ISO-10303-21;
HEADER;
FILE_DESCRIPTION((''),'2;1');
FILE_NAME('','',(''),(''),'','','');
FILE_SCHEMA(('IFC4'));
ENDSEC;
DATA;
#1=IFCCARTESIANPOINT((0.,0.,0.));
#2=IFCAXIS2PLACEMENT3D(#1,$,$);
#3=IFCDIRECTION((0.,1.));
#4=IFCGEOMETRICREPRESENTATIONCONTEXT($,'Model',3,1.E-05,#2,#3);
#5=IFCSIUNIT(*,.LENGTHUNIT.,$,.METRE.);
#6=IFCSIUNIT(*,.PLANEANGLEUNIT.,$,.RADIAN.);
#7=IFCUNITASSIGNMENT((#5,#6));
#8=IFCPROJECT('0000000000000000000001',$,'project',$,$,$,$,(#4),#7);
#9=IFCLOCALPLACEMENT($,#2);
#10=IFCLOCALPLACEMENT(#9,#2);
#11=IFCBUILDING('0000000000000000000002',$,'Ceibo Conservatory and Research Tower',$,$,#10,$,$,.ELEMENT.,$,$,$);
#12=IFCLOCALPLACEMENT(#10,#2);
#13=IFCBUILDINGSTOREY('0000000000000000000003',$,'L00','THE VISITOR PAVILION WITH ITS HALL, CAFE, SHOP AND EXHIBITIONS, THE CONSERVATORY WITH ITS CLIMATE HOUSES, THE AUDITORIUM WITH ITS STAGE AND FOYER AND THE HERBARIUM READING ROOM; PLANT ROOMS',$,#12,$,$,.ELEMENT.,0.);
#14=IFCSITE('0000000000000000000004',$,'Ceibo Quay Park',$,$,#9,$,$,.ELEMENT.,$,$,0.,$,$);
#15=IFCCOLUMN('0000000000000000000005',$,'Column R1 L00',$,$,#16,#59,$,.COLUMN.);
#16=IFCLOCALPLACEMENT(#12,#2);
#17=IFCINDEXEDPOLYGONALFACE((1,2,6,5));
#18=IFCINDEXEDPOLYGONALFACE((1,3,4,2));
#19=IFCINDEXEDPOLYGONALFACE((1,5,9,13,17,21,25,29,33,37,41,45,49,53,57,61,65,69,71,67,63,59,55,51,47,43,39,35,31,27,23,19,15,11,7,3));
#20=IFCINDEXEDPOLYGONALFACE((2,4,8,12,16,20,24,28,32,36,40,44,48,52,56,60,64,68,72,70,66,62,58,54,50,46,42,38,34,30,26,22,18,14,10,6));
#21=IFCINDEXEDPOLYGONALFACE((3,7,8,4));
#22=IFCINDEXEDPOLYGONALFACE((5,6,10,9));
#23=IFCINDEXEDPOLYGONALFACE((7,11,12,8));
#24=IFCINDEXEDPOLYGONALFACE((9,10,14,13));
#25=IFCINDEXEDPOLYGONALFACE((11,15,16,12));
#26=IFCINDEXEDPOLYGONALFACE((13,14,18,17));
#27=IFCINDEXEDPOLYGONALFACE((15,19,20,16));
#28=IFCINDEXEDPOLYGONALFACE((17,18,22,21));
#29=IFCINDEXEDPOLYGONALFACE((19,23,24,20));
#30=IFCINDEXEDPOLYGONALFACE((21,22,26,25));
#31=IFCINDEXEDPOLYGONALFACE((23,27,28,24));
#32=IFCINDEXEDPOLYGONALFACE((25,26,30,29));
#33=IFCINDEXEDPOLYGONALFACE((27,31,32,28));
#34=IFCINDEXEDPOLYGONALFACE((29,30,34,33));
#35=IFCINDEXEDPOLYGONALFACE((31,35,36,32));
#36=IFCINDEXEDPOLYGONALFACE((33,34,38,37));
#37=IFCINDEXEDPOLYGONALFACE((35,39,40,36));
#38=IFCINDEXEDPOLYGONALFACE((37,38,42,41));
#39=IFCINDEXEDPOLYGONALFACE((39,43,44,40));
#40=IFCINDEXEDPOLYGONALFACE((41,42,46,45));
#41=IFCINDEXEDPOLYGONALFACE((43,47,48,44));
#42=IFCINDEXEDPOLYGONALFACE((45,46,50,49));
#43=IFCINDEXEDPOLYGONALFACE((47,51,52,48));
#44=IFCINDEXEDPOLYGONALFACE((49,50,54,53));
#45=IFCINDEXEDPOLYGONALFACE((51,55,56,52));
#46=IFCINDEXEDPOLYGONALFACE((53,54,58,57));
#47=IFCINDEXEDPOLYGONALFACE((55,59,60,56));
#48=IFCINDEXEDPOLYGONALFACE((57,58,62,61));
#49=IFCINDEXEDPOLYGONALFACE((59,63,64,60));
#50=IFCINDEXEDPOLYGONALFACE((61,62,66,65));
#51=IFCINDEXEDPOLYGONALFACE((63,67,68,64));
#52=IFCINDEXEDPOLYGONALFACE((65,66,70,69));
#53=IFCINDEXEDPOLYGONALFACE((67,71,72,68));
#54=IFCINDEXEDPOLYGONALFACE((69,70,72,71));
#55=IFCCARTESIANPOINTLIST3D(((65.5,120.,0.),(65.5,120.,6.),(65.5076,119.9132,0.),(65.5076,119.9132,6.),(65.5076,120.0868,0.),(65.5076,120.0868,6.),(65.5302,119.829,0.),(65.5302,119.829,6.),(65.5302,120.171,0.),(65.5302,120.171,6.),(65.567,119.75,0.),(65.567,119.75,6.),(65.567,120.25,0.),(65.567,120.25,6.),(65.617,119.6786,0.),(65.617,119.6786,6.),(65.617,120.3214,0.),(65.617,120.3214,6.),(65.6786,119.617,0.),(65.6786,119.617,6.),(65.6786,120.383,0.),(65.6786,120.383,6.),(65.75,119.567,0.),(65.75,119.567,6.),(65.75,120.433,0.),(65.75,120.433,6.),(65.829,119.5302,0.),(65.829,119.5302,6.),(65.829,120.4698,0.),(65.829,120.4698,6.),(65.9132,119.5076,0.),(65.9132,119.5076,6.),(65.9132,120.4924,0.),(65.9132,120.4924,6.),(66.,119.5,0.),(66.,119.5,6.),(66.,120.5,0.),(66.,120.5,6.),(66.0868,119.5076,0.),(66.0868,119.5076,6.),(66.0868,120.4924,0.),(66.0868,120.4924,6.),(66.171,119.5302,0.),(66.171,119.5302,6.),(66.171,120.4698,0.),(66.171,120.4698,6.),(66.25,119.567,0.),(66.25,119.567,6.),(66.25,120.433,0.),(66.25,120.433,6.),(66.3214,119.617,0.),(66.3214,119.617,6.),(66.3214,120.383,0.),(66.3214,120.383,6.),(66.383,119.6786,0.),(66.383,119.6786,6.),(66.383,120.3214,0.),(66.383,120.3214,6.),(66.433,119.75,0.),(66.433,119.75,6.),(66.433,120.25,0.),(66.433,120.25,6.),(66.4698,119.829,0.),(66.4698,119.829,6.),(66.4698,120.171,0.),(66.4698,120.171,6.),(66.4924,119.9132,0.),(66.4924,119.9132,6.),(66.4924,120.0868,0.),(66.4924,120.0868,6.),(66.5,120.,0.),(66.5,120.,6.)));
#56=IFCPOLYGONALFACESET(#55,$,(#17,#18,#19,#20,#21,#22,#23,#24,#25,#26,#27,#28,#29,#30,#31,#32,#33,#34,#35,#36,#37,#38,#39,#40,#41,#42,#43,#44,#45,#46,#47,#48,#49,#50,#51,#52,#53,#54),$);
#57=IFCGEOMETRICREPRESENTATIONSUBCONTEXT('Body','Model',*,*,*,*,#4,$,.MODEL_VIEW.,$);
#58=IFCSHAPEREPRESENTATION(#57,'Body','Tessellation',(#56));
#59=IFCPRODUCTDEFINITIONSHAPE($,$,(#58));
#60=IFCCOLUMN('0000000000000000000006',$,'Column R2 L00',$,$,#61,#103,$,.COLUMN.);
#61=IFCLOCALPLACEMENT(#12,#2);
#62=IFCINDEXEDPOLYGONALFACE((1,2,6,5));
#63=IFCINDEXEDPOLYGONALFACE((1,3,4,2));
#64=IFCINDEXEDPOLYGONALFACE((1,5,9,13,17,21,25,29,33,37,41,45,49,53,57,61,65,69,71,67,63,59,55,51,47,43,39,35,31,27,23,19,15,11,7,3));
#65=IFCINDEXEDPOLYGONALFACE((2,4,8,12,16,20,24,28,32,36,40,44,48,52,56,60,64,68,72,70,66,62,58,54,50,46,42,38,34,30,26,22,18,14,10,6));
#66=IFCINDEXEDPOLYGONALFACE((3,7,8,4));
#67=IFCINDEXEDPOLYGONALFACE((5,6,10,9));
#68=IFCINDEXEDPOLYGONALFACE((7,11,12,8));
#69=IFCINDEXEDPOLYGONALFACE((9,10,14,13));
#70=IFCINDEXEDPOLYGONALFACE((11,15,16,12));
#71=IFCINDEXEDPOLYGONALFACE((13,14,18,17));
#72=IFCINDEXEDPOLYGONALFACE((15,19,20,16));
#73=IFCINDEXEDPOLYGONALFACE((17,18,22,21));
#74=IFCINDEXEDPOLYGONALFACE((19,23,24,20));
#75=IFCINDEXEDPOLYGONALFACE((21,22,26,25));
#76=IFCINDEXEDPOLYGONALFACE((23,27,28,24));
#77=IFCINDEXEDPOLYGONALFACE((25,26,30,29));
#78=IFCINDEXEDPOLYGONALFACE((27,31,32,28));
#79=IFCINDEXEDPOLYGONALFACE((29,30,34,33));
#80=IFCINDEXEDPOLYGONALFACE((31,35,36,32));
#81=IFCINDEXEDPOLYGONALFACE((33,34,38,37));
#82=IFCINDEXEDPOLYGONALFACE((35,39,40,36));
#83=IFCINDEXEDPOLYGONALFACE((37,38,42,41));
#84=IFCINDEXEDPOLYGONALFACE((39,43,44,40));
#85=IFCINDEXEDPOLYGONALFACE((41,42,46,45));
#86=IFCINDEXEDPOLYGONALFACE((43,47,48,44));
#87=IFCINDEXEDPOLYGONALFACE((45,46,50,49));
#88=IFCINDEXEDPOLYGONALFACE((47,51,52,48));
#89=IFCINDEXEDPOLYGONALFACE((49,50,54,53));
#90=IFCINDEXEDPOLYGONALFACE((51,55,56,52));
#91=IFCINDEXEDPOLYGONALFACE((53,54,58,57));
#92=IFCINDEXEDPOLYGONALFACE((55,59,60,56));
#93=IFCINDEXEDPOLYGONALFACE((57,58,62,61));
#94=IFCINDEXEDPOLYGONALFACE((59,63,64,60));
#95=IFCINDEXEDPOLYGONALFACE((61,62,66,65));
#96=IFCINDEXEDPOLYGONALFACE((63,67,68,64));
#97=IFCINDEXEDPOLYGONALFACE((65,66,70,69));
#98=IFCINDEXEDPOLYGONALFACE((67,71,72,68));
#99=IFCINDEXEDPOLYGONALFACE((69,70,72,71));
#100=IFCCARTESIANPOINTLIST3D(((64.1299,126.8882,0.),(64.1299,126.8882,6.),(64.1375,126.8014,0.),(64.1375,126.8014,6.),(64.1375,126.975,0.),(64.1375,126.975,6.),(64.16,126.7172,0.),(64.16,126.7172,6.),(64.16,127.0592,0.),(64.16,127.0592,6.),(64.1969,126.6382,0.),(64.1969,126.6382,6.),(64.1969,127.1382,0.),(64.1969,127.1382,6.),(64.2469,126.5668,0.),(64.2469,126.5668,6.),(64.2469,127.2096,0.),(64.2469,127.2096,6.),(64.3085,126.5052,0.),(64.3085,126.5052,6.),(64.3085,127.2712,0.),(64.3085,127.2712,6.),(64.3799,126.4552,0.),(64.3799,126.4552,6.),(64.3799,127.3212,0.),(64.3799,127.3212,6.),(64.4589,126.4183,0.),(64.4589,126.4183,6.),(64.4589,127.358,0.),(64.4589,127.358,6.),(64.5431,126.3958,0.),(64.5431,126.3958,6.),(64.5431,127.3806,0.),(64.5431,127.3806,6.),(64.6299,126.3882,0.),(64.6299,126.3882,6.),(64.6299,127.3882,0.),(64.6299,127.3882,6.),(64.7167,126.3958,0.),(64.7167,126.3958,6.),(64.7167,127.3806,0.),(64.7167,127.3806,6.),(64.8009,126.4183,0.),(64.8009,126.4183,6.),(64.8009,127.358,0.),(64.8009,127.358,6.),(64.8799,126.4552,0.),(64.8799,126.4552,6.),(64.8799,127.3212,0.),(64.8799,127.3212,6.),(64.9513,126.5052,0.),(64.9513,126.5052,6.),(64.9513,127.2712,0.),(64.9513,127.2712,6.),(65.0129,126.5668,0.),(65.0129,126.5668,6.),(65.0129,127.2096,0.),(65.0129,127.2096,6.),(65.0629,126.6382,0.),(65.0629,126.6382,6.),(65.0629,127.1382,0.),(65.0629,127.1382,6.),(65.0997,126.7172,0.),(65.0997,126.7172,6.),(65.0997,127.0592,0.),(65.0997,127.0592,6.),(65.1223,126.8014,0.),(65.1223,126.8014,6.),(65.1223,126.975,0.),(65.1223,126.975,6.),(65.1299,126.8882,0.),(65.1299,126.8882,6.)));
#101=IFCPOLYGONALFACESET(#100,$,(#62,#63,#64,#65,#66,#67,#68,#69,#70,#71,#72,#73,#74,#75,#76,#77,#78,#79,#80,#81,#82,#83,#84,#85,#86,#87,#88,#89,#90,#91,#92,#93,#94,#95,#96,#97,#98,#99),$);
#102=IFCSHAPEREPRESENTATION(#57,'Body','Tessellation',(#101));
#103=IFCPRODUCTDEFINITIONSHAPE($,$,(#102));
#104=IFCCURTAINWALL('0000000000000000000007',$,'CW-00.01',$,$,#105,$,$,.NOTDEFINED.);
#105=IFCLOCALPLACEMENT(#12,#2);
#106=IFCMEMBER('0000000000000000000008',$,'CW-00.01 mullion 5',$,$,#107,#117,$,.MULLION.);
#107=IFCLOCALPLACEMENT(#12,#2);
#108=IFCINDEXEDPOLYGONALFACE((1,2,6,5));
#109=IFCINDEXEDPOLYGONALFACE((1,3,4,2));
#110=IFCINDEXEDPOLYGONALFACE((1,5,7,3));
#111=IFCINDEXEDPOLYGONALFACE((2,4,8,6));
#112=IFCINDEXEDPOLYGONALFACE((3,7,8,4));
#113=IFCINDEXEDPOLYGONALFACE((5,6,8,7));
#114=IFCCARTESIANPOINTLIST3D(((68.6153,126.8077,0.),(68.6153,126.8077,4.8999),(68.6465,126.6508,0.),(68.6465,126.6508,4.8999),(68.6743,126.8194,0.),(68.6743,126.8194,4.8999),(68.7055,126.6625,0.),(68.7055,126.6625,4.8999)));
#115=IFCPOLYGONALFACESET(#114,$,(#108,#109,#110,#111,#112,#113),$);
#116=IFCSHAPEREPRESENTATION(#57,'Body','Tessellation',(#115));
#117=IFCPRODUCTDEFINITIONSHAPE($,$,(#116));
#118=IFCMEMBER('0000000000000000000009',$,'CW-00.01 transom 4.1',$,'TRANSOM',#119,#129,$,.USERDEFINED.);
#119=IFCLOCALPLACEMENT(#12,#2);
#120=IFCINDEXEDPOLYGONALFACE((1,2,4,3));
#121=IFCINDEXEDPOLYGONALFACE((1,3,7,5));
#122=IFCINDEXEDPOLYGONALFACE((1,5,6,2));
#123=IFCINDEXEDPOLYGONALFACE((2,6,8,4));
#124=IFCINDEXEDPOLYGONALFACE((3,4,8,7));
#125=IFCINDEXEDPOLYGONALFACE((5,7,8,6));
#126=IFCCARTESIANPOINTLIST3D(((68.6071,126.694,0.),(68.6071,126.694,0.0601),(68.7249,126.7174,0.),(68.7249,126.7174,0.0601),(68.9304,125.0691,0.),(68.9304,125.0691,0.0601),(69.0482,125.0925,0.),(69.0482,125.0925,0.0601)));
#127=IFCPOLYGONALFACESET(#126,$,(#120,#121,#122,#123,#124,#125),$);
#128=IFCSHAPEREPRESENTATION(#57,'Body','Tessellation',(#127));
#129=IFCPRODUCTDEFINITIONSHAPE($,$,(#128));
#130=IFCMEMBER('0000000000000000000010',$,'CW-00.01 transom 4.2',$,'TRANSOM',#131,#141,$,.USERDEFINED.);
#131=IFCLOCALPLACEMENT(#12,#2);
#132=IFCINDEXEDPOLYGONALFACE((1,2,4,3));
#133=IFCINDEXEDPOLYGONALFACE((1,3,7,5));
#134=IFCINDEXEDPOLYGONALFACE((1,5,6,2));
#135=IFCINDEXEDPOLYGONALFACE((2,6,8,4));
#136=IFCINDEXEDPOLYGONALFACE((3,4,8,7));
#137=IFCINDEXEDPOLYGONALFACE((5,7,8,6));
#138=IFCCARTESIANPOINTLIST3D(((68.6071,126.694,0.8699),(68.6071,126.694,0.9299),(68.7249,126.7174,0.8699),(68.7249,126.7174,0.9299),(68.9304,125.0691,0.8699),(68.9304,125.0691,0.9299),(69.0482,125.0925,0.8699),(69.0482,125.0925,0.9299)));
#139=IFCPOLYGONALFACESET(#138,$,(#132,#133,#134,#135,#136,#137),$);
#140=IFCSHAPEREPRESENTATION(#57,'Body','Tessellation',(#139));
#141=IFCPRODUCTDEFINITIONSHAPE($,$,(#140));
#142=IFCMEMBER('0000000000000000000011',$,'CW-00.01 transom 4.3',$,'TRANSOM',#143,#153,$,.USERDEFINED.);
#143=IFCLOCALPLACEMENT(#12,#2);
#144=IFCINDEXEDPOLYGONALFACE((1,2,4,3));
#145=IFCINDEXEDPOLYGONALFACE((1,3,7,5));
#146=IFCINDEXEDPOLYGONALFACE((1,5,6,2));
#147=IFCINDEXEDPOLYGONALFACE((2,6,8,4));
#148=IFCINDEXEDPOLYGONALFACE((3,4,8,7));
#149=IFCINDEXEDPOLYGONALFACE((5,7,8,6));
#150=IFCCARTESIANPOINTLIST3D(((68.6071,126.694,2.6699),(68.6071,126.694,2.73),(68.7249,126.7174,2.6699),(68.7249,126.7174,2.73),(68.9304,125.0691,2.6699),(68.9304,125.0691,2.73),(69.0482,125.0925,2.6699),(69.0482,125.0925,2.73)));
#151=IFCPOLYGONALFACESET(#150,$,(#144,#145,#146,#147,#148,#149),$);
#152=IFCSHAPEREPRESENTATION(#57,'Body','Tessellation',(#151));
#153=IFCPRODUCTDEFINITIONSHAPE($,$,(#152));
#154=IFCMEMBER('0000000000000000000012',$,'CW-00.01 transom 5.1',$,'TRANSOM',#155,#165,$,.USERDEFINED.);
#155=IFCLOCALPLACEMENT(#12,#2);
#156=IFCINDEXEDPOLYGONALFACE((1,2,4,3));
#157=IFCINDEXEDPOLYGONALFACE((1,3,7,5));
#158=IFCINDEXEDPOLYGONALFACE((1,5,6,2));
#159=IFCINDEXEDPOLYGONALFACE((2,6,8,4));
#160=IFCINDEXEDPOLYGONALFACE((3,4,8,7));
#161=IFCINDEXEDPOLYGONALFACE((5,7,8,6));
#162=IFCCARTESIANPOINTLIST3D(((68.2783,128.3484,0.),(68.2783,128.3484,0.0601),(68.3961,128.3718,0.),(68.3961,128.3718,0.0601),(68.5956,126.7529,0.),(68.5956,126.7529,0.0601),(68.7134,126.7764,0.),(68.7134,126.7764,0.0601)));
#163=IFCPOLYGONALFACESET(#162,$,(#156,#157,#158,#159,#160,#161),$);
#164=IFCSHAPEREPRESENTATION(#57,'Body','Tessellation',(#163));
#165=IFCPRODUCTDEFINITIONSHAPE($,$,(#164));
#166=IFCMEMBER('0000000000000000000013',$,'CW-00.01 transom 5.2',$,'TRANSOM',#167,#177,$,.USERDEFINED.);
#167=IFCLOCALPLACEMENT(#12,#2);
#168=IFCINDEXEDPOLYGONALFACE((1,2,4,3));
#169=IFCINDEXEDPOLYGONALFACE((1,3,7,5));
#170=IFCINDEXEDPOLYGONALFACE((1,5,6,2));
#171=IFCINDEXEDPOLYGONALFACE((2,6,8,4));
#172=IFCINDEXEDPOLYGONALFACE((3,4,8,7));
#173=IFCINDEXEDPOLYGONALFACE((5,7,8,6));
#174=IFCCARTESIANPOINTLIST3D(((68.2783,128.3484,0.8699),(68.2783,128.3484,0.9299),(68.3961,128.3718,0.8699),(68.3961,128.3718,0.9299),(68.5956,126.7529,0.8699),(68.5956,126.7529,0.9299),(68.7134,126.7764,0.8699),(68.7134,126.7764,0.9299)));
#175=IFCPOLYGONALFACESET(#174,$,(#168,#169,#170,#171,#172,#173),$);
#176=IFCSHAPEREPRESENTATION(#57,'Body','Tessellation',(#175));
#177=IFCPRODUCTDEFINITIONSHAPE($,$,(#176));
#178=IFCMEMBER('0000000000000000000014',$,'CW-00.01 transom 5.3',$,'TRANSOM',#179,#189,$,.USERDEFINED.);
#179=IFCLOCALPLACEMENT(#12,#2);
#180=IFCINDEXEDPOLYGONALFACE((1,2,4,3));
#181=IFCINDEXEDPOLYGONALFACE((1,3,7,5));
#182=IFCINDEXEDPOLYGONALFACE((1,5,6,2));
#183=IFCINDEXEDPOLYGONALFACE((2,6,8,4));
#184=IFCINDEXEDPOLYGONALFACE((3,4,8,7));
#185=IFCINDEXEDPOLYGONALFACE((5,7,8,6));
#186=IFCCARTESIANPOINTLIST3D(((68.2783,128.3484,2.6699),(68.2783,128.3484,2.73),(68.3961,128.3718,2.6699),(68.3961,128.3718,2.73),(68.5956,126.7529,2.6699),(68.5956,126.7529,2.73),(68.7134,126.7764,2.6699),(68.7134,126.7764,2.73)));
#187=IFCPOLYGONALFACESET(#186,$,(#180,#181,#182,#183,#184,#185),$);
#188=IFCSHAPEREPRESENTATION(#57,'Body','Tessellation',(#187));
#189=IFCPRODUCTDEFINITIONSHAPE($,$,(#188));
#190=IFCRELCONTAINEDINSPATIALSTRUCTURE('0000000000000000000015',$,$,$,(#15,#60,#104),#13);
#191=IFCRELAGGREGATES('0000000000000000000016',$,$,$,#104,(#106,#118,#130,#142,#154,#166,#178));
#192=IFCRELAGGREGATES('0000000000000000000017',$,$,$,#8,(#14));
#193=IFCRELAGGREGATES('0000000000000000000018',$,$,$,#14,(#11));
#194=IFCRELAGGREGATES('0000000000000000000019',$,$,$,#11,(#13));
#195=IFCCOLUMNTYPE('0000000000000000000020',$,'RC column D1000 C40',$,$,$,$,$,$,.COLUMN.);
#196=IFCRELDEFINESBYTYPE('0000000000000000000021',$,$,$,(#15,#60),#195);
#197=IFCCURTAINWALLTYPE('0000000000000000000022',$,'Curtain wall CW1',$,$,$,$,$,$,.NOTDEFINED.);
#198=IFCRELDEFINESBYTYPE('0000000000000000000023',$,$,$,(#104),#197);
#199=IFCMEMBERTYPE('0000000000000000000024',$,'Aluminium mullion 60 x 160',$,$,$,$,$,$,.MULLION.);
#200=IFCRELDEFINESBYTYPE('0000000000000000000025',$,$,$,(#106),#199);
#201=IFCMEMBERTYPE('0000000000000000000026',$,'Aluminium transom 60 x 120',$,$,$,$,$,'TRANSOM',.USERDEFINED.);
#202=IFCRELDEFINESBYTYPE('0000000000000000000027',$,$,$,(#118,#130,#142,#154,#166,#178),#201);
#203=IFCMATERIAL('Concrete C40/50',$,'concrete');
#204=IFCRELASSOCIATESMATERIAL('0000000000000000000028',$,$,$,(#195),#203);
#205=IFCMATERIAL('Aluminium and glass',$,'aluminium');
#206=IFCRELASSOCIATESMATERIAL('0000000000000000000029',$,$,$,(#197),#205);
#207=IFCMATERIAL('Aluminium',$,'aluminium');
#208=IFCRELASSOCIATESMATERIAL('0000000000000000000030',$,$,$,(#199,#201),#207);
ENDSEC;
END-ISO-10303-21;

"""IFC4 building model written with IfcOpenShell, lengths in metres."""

from ifc_helpers import new_model, si_unit, direction, frame, origin, origin_2d, place, context, subcontext, project, spatial, rectangle, circle, extrude, material, material_profile, profile_set, type_object, element, aggregate, save


model = new_model("IFC4")

# Units and contexts
model_context = context("Model", 3, precision=1e-05, world=origin(), true_north=direction((0.0, 1.0)))
body_context = subcontext(model_context, "Body", "Model", "MODEL_VIEW")
ifc_project = project(units=[si_unit("LENGTHUNIT", "METRE"), si_unit("PLANEANGLEUNIT", "RADIAN")], contexts=[model_context])

# Site, building, storey
site_placement = place(None, origin())
site = spatial("IfcSite", under=ifc_project, at=site_placement, Name="Ceibo Quay Park", CompositionType="ELEMENT", RefElevation=0.0)
building_placement = place(site_placement, origin())
building = spatial("IfcBuilding", under=site, at=building_placement, Name="Ceibo Conservatory and Research Tower", CompositionType="ELEMENT")
storey_placement = place(building_placement, origin())
storey = spatial("IfcBuildingStorey", under=building, at=storey_placement, Name="L00", Description="THE VISITOR PAVILION WITH ITS HALL, CAFE, SHOP AND EXHIBITIONS, THE CONSERVATORY WITH ITS CLIMATE HOUSES, THE AUDITORIUM WITH ITS STAGE AND FOYER AND THE HERBARIUM READING ROOM; PLANT ROOMS", CompositionType="ELEMENT", Elevation=0.0)

# Columns
ifc_material_1 = material(Name="Concrete C40/50", Category="concrete")
ifc_material_profile_1 = material_profile(ifc_material_1, circle(Radius=0.5, at=origin_2d()), Name="RC D1000")
ifc_profile_set_1 = profile_set([ifc_material_profile_1], Name="Concrete C40/50")
column_type = type_object("IfcColumnType", Name="RC column D1000 C40", PredefinedType="COLUMN", material=ifc_profile_set_1)
for number, where, z_axis, x_axis, name in (
    (1, (66.0, 120.0, 0.0), (0.0, 0.0, 1.0), (1.0, 0.0, 0.0), "Column R1 L00"),
    (2, (64.6299, 126.8882, 0.0), (0.0, 0.0, 1.0), (1.0, 0.0, 0.0), "Column R2 L00"),
):
    element("IfcColumn", number, at=place(storey_placement, frame(where, z_axis=z_axis, x_axis=x_axis)), inside=storey, type_object=column_type, Name=name, PredefinedType="COLUMN", context=body_context, shape_type="SweptSolid", body=[
        extrude(circle(Radius=0.5, at=origin_2d()), origin(), (0.0, 0.0, 1.0), 6.0),
    ])

# Curtain wall, members
ifc_material_2 = material(Name="Aluminium and glass", Category="aluminium")
curtain_wall_type = type_object("IfcCurtainWallType", Name="Curtain wall CW1", PredefinedType="NOTDEFINED", material=ifc_material_2)
curtain_wall_placement = place(storey_placement, origin())
curtain_wall = element("IfcCurtainWall", 3, at=curtain_wall_placement, inside=storey, type_object=curtain_wall_type, Name="CW-00.01", PredefinedType="NOTDEFINED")
ifc_material_3 = material(Name="Aluminium", Category="aluminium")
ifc_material_profile_2 = material_profile(ifc_material_3, rectangle(XDim=0.0601, YDim=0.1599, at=origin_2d()), Name="Aluminium 60 x 160")
ifc_profile_set_2 = profile_set([ifc_material_profile_2], Name="Aluminium")
member_type_1 = type_object("IfcMemberType", Name="Aluminium mullion 60 x 160", PredefinedType="MULLION", material=ifc_profile_set_2)
member_1_placement = place(storey_placement, frame((68.6604, 126.7351, 0.0), z_axis=(0.0, 0.0, 1.0), x_axis=(-0.980785, -0.19509, 0.0)))
member_1 = element("IfcMember", 4, at=member_1_placement, type_object=member_type_1, Name="CW-00.01 mullion 5", PredefinedType="MULLION", context=body_context, shape_type="SweptSolid", body=[
    extrude(rectangle(XDim=0.0601, YDim=0.1599, at=origin_2d()), origin(), (0.0, 0.0, 1.0), 4.8999),
])
ifc_material_profile_3 = material_profile(ifc_material_3, rectangle(XDim=0.1201, YDim=0.0601, at=origin_2d()), Name="Aluminium 60 x 120")
ifc_profile_set_3 = profile_set([ifc_material_profile_3], Name="Aluminium")
member_type_2 = type_object("IfcMemberType", Name="Aluminium transom 60 x 120", ElementType="TRANSOM", PredefinedType="USERDEFINED", material=ifc_profile_set_3)
member_2_placement = place(storey_placement, frame((68.9893, 125.0808, 0.03), z_axis=(-0.195096, 0.980784, 0.0), x_axis=(-0.980784, -0.195096, 0.0)))
member_2 = element("IfcMember", 5, at=member_2_placement, type_object=member_type_2, Name="CW-00.01 transom 4.1", ObjectType="TRANSOM", PredefinedType="USERDEFINED", context=body_context, shape_type="SweptSolid", body=[
    extrude(rectangle(XDim=0.1201, YDim=0.0601, at=origin_2d()), origin(), (0.0, 0.0, 1.0), 1.6567),
])
member_3_placement = place(storey_placement, frame((68.9893, 125.0808, 0.8999), z_axis=(-0.195096, 0.980784, 0.0), x_axis=(-0.980784, -0.195096, 0.0)))
member_3 = element("IfcMember", 6, at=member_3_placement, type_object=member_type_2, Name="CW-00.01 transom 4.2", ObjectType="TRANSOM", PredefinedType="USERDEFINED", context=body_context, shape_type="SweptSolid", body=[
    extrude(rectangle(XDim=0.1201, YDim=0.0601, at=origin_2d()), origin(), (0.0, 0.0, 1.0), 1.6567),
])
member_4_placement = place(storey_placement, frame((68.9893, 125.0808, 2.7), z_axis=(-0.195096, 0.980784, 0.0), x_axis=(-0.980784, -0.195096, 0.0)))
member_4 = element("IfcMember", 7, at=member_4_placement, type_object=member_type_2, Name="CW-00.01 transom 4.3", ObjectType="TRANSOM", PredefinedType="USERDEFINED", context=body_context, shape_type="SweptSolid", body=[
    extrude(rectangle(XDim=0.1201, YDim=0.0601, at=origin_2d()), origin(), (0.0, 0.0, 1.0), 1.6567),
])
member_5_placement = place(storey_placement, frame((68.6545, 126.7646, 0.03), z_axis=(-0.195106, 0.980782, 0.0), x_axis=(-0.980782, -0.195106, 0.0)))
member_5 = element("IfcMember", 8, at=member_5_placement, type_object=member_type_2, Name="CW-00.01 transom 5.1", ObjectType="TRANSOM", PredefinedType="USERDEFINED", context=body_context, shape_type="SweptSolid", body=[
    extrude(rectangle(XDim=0.1201, YDim=0.0601, at=origin_2d()), origin(), (0.0, 0.0, 1.0), 1.6267),
])
member_6_placement = place(storey_placement, frame((68.6545, 126.7646, 0.8999), z_axis=(-0.195106, 0.980782, 0.0), x_axis=(-0.980782, -0.195106, 0.0)))
member_6 = element("IfcMember", 9, at=member_6_placement, type_object=member_type_2, Name="CW-00.01 transom 5.2", ObjectType="TRANSOM", PredefinedType="USERDEFINED", context=body_context, shape_type="SweptSolid", body=[
    extrude(rectangle(XDim=0.1201, YDim=0.0601, at=origin_2d()), origin(), (0.0, 0.0, 1.0), 1.6267),
])
member_7_placement = place(storey_placement, frame((68.6545, 126.7646, 2.7), z_axis=(-0.195106, 0.980782, 0.0), x_axis=(-0.980782, -0.195106, 0.0)))
member_7 = element("IfcMember", 10, at=member_7_placement, type_object=member_type_2, Name="CW-00.01 transom 5.3", ObjectType="TRANSOM", PredefinedType="USERDEFINED", context=body_context, shape_type="SweptSolid", body=[
    extrude(rectangle(XDim=0.1201, YDim=0.0601, at=origin_2d()), origin(), (0.0, 0.0, 1.0), 1.6267),
])

aggregate(curtain_wall, [member_1, member_2, member_3, member_4, member_5, member_6, member_7])

save(model, "model.ifc")
